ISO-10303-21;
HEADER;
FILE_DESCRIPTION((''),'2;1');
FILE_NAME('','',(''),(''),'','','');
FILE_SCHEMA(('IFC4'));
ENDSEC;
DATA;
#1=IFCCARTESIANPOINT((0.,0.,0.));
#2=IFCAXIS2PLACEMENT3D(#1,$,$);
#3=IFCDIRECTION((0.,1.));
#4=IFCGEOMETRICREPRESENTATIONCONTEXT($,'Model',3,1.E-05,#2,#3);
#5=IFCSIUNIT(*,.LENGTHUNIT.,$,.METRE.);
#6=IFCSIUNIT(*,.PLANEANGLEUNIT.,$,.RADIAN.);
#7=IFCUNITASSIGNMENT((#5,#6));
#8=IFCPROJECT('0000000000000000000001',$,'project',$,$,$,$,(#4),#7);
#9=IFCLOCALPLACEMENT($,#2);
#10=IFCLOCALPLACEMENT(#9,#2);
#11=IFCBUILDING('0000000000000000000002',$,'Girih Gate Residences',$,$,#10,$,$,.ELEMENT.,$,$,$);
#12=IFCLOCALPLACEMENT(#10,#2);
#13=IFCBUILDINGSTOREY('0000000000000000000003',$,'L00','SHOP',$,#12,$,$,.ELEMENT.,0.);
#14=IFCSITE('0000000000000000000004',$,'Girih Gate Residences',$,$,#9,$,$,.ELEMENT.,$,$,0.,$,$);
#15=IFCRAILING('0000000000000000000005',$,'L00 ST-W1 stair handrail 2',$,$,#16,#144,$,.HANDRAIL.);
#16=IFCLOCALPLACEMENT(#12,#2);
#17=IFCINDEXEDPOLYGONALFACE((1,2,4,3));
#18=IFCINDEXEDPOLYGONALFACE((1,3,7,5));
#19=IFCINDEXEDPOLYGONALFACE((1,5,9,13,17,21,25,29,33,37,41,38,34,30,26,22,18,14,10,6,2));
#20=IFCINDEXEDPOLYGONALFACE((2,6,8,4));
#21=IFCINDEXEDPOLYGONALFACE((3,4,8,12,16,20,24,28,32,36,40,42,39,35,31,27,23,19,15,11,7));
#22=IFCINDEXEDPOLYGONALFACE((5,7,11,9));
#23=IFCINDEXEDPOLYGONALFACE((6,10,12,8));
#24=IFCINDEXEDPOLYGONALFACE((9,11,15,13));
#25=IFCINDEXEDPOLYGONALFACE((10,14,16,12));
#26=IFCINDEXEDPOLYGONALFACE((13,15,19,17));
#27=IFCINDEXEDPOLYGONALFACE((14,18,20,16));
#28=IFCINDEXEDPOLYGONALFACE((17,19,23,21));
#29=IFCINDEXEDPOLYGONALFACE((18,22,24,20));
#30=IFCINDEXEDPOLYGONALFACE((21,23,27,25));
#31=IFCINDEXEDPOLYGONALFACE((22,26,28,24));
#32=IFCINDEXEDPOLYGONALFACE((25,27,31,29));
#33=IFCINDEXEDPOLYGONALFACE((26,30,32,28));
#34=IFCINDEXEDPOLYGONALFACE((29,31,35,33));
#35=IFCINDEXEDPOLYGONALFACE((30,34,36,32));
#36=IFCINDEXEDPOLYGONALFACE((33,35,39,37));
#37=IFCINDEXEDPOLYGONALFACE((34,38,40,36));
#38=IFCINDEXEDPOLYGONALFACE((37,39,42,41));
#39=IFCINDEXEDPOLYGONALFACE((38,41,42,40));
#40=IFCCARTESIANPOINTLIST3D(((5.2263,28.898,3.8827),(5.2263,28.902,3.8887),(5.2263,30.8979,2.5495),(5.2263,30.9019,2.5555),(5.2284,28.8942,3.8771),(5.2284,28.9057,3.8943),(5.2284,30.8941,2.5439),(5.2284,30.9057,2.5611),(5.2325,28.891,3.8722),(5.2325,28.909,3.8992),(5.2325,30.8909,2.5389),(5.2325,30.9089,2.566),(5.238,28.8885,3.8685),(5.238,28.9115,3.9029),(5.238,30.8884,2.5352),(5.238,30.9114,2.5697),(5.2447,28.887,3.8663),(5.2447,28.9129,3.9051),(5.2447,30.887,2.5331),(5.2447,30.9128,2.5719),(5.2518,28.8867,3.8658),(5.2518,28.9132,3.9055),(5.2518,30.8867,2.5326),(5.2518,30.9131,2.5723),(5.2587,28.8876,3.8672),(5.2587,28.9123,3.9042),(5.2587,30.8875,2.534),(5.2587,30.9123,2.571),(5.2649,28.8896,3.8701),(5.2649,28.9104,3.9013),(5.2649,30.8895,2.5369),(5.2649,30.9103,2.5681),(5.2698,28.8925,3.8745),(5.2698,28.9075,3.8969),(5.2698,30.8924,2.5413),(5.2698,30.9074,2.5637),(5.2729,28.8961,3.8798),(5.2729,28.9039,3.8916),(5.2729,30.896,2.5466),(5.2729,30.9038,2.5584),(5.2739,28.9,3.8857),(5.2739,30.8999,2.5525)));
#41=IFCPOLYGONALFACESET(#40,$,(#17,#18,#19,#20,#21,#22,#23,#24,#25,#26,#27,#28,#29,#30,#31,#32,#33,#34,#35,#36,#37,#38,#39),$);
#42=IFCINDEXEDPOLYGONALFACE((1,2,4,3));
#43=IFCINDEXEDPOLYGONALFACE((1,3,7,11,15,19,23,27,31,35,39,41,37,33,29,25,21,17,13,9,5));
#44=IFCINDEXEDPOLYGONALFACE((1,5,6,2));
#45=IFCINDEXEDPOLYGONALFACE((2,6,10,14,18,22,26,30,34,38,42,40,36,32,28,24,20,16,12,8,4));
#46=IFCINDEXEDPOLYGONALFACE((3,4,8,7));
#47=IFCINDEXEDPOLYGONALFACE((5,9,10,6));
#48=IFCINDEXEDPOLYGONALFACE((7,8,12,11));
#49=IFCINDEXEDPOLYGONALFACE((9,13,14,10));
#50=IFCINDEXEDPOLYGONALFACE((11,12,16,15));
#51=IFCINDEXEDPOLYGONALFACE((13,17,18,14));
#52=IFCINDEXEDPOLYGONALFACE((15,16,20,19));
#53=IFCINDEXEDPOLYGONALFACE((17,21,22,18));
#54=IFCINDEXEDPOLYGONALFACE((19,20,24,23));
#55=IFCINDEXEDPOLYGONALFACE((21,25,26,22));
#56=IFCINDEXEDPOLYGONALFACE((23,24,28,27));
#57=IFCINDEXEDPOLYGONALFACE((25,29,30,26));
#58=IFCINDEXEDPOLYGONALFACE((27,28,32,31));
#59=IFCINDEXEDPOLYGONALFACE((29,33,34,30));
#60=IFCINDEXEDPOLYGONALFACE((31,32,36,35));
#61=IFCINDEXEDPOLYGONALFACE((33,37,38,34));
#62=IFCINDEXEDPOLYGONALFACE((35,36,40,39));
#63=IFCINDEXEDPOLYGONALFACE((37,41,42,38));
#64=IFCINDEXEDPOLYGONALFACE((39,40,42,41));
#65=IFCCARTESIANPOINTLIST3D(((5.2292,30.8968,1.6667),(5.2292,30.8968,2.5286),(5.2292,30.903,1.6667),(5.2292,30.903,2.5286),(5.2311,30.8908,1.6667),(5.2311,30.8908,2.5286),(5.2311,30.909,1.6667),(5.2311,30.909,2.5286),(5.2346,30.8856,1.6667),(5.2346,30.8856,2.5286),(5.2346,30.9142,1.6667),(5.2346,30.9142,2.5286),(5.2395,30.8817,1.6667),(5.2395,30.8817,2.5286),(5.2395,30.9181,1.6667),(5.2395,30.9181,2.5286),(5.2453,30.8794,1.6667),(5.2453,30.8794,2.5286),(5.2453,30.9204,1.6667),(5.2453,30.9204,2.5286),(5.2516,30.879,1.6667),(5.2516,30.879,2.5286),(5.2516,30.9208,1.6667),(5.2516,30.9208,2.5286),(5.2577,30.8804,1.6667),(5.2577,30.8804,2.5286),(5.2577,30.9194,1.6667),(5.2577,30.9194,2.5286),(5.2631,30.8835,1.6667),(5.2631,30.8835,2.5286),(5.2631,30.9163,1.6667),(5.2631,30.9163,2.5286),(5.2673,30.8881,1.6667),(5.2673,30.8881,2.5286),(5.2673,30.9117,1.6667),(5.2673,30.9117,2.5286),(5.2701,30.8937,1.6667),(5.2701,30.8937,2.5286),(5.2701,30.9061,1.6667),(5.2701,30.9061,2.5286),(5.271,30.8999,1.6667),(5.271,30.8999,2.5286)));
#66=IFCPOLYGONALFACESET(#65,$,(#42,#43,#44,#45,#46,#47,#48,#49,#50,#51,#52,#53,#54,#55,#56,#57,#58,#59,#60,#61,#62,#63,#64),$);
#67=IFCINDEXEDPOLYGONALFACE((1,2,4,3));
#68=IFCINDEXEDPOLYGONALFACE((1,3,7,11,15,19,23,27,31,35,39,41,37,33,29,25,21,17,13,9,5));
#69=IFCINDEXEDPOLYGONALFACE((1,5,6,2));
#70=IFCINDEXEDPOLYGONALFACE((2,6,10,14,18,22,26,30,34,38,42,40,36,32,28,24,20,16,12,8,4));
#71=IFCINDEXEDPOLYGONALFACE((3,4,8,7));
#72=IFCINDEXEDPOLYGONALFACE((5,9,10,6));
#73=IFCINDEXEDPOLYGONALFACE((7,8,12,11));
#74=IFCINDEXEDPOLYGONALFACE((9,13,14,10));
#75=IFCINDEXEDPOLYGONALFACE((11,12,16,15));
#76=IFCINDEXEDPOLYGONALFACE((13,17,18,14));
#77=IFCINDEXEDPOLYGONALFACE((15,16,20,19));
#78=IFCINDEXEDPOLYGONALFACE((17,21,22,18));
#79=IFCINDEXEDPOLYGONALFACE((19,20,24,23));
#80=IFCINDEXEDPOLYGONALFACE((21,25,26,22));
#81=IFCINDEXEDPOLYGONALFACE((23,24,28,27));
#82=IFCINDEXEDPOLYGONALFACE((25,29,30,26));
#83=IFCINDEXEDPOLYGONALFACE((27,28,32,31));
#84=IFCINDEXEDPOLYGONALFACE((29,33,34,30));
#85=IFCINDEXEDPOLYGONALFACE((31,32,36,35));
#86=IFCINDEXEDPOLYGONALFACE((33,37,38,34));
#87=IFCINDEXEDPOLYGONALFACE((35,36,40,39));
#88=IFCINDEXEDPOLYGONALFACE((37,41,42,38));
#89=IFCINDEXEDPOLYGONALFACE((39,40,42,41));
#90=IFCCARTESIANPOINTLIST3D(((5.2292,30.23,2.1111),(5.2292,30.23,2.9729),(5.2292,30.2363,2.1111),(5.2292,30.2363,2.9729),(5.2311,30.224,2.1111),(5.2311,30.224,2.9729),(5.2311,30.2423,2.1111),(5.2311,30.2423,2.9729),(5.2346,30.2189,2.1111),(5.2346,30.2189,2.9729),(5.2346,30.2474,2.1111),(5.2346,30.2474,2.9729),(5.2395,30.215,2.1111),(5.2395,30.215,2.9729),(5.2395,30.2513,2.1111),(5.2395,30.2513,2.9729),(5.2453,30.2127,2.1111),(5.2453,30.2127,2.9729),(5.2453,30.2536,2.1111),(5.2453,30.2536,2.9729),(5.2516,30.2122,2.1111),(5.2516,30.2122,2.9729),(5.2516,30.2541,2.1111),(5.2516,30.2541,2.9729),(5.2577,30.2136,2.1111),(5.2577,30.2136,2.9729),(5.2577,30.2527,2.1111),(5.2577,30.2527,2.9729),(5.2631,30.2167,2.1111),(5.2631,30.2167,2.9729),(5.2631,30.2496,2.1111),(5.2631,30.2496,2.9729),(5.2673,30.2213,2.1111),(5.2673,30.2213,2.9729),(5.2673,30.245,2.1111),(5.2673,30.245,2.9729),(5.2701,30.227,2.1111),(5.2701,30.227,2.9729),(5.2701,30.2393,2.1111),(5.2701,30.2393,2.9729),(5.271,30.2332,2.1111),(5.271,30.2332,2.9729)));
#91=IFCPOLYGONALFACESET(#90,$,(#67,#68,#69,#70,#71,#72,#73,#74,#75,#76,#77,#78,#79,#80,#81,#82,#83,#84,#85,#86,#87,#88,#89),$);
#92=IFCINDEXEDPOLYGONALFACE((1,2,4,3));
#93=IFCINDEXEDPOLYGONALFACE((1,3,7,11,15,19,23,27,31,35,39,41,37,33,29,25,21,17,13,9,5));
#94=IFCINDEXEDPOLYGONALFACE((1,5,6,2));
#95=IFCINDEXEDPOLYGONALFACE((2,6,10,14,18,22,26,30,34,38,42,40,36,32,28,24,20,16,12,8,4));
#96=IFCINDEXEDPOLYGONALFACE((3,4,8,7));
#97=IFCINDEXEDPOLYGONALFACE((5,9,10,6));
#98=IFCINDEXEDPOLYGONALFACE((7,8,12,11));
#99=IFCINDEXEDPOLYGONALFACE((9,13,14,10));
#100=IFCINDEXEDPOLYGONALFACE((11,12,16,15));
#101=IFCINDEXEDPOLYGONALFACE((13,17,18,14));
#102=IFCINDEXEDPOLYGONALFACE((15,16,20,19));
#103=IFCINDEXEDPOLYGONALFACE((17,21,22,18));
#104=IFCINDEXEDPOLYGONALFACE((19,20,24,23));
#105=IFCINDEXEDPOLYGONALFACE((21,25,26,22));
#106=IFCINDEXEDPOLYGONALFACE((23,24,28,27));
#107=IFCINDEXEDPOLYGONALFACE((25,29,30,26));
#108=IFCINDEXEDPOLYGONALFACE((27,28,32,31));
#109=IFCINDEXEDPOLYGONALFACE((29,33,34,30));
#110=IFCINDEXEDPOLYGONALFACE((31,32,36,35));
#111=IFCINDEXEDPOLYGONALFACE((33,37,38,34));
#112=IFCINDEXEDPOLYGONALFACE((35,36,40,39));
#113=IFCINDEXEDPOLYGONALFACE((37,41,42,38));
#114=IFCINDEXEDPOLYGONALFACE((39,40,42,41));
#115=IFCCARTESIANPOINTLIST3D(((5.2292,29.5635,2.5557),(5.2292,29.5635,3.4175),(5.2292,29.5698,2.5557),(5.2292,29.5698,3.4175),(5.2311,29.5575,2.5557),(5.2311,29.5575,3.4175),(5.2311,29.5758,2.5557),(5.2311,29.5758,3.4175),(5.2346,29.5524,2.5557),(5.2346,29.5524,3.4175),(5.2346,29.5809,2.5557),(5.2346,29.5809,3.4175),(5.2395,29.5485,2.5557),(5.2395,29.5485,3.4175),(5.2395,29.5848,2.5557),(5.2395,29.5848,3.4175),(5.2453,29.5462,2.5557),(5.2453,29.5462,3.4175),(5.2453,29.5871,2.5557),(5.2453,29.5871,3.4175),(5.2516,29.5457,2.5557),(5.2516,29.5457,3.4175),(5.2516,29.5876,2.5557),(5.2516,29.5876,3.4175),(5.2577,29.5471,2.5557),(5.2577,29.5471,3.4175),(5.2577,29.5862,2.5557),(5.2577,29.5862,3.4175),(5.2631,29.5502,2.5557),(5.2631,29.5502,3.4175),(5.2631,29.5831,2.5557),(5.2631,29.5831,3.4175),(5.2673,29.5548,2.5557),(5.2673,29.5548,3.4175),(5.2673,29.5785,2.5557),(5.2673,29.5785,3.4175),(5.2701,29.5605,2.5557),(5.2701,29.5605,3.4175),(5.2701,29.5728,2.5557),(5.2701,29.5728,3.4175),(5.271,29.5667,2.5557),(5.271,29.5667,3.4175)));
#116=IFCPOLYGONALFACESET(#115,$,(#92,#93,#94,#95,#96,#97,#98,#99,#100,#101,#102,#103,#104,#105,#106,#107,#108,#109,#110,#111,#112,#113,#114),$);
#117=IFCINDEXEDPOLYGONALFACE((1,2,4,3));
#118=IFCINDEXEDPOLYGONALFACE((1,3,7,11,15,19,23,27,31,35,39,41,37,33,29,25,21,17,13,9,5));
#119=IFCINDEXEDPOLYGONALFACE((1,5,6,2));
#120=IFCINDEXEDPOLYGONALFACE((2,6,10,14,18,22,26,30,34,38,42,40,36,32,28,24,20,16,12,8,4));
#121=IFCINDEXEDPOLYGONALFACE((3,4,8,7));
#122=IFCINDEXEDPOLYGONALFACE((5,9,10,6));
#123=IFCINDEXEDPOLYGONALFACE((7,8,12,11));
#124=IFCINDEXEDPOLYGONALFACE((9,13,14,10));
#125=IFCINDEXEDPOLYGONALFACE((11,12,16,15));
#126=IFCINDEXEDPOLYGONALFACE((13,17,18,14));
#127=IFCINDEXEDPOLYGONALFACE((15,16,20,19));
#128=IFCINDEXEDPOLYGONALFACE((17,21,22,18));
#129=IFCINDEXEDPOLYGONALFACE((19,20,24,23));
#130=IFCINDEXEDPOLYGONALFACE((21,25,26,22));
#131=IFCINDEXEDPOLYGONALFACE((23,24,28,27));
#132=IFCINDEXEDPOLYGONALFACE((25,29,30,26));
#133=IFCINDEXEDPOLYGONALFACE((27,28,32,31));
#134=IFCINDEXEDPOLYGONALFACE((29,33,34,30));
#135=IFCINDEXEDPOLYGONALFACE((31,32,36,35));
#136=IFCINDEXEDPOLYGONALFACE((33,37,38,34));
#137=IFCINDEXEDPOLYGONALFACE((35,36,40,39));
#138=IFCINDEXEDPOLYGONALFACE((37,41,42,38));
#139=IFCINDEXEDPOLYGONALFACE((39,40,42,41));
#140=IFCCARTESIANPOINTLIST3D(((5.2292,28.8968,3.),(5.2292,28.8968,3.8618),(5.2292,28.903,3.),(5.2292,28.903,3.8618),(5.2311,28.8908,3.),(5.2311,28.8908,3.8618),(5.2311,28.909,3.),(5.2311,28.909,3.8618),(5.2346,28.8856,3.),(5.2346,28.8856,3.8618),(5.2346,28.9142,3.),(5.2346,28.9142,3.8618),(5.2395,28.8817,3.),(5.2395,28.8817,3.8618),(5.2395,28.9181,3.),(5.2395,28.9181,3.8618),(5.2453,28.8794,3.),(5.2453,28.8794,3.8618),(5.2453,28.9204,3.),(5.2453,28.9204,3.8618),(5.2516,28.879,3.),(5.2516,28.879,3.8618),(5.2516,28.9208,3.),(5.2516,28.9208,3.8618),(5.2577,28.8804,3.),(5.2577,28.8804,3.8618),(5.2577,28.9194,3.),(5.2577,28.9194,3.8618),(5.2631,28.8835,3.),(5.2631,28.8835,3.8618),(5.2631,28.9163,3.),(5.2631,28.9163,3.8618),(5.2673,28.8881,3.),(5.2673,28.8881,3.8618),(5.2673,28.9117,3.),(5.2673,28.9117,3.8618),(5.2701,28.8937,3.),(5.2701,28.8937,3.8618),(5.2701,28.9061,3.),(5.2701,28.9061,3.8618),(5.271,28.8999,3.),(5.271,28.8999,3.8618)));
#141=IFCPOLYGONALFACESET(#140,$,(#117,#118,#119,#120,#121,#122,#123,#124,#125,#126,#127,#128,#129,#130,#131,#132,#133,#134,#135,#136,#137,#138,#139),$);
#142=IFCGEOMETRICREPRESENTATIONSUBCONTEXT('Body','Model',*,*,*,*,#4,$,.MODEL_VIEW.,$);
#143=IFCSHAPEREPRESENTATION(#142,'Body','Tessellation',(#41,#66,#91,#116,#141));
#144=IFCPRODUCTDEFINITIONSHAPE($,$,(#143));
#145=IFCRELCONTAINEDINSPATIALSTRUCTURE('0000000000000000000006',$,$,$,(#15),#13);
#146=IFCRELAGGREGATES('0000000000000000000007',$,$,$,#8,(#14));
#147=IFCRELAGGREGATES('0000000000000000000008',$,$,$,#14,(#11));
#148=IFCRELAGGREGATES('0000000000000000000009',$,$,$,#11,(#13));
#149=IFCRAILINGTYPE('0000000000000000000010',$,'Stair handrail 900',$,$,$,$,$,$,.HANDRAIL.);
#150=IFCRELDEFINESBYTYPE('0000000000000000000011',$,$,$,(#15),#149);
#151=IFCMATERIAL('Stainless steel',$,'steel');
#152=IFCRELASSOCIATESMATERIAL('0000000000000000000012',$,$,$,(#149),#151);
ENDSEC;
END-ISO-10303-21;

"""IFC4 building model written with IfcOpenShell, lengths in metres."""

from ifc_helpers import new_model, si_unit, direction, frame, origin, origin_2d, place, context, subcontext, project, spatial, circle, extrude, material, type_object, element, save


model = new_model("IFC4")

# Units and contexts
model_context = context("Model", 3, precision=1e-05, world=origin(), true_north=direction((0.0, 1.0)))
body_context = subcontext(model_context, "Body", "Model", "MODEL_VIEW")
ifc_project = project(units=[si_unit("LENGTHUNIT", "METRE"), si_unit("PLANEANGLEUNIT", "RADIAN")], contexts=[model_context])

# Site, building, storey
site_placement = place(None, origin())
site = spatial("IfcSite", under=ifc_project, at=site_placement, Name="Girih Gate Residences", CompositionType="ELEMENT", RefElevation=0.0)
building_placement = place(site_placement, origin())
building = spatial("IfcBuilding", under=site, at=building_placement, Name="Girih Gate Residences", CompositionType="ELEMENT")
storey_placement = place(building_placement, origin())
storey = spatial("IfcBuildingStorey", under=building, at=storey_placement, Name="L00", Description="SHOP", CompositionType="ELEMENT", Elevation=0.0)

# Railing
ifc_material_1 = material(Name="Stainless steel", Category="steel")
railing_type_1 = type_object("IfcRailingType", Name="Stair handrail 900", PredefinedType="HANDRAIL", material=ifc_material_1)
for number, where, name in (
    (1, (5.25, 30.8999, 1.6667), "L00 ST-W1 stair handrail 2"),
):
    element("IfcRailing", number, at=place(storey_placement, frame(where)), inside=storey, type_object=railing_type_1, Name=name, PredefinedType="HANDRAIL", context=body_context, shape_type="SweptSolid", body=[
        extrude(circle(Radius=0.0239, at=origin_2d()), frame((0.0, 0.0, 0.8857), z_axis=(0.0, -0.832066, 0.554677), x_axis=(1.0, 0.0, 0.0)), (0.0, 0.0, 1.0), 2.4036),
        extrude(circle(Radius=0.021, at=origin_2d()), origin(), (0.0, 0.0, 1.0), 0.8618),
        extrude(circle(Radius=0.021, at=origin_2d()), frame((0.0, -0.6667, 0.4443)), (0.0, 0.0, 1.0), 0.8618),
        extrude(circle(Radius=0.021, at=origin_2d()), frame((0.0, -1.3333, 0.8889)), (0.0, 0.0, 1.0), 0.8618),
        extrude(circle(Radius=0.021, at=origin_2d()), frame((0.0, -2.0, 1.3333)), (0.0, 0.0, 1.0), 0.8618),
    ])

save(model, "model.ifc")
